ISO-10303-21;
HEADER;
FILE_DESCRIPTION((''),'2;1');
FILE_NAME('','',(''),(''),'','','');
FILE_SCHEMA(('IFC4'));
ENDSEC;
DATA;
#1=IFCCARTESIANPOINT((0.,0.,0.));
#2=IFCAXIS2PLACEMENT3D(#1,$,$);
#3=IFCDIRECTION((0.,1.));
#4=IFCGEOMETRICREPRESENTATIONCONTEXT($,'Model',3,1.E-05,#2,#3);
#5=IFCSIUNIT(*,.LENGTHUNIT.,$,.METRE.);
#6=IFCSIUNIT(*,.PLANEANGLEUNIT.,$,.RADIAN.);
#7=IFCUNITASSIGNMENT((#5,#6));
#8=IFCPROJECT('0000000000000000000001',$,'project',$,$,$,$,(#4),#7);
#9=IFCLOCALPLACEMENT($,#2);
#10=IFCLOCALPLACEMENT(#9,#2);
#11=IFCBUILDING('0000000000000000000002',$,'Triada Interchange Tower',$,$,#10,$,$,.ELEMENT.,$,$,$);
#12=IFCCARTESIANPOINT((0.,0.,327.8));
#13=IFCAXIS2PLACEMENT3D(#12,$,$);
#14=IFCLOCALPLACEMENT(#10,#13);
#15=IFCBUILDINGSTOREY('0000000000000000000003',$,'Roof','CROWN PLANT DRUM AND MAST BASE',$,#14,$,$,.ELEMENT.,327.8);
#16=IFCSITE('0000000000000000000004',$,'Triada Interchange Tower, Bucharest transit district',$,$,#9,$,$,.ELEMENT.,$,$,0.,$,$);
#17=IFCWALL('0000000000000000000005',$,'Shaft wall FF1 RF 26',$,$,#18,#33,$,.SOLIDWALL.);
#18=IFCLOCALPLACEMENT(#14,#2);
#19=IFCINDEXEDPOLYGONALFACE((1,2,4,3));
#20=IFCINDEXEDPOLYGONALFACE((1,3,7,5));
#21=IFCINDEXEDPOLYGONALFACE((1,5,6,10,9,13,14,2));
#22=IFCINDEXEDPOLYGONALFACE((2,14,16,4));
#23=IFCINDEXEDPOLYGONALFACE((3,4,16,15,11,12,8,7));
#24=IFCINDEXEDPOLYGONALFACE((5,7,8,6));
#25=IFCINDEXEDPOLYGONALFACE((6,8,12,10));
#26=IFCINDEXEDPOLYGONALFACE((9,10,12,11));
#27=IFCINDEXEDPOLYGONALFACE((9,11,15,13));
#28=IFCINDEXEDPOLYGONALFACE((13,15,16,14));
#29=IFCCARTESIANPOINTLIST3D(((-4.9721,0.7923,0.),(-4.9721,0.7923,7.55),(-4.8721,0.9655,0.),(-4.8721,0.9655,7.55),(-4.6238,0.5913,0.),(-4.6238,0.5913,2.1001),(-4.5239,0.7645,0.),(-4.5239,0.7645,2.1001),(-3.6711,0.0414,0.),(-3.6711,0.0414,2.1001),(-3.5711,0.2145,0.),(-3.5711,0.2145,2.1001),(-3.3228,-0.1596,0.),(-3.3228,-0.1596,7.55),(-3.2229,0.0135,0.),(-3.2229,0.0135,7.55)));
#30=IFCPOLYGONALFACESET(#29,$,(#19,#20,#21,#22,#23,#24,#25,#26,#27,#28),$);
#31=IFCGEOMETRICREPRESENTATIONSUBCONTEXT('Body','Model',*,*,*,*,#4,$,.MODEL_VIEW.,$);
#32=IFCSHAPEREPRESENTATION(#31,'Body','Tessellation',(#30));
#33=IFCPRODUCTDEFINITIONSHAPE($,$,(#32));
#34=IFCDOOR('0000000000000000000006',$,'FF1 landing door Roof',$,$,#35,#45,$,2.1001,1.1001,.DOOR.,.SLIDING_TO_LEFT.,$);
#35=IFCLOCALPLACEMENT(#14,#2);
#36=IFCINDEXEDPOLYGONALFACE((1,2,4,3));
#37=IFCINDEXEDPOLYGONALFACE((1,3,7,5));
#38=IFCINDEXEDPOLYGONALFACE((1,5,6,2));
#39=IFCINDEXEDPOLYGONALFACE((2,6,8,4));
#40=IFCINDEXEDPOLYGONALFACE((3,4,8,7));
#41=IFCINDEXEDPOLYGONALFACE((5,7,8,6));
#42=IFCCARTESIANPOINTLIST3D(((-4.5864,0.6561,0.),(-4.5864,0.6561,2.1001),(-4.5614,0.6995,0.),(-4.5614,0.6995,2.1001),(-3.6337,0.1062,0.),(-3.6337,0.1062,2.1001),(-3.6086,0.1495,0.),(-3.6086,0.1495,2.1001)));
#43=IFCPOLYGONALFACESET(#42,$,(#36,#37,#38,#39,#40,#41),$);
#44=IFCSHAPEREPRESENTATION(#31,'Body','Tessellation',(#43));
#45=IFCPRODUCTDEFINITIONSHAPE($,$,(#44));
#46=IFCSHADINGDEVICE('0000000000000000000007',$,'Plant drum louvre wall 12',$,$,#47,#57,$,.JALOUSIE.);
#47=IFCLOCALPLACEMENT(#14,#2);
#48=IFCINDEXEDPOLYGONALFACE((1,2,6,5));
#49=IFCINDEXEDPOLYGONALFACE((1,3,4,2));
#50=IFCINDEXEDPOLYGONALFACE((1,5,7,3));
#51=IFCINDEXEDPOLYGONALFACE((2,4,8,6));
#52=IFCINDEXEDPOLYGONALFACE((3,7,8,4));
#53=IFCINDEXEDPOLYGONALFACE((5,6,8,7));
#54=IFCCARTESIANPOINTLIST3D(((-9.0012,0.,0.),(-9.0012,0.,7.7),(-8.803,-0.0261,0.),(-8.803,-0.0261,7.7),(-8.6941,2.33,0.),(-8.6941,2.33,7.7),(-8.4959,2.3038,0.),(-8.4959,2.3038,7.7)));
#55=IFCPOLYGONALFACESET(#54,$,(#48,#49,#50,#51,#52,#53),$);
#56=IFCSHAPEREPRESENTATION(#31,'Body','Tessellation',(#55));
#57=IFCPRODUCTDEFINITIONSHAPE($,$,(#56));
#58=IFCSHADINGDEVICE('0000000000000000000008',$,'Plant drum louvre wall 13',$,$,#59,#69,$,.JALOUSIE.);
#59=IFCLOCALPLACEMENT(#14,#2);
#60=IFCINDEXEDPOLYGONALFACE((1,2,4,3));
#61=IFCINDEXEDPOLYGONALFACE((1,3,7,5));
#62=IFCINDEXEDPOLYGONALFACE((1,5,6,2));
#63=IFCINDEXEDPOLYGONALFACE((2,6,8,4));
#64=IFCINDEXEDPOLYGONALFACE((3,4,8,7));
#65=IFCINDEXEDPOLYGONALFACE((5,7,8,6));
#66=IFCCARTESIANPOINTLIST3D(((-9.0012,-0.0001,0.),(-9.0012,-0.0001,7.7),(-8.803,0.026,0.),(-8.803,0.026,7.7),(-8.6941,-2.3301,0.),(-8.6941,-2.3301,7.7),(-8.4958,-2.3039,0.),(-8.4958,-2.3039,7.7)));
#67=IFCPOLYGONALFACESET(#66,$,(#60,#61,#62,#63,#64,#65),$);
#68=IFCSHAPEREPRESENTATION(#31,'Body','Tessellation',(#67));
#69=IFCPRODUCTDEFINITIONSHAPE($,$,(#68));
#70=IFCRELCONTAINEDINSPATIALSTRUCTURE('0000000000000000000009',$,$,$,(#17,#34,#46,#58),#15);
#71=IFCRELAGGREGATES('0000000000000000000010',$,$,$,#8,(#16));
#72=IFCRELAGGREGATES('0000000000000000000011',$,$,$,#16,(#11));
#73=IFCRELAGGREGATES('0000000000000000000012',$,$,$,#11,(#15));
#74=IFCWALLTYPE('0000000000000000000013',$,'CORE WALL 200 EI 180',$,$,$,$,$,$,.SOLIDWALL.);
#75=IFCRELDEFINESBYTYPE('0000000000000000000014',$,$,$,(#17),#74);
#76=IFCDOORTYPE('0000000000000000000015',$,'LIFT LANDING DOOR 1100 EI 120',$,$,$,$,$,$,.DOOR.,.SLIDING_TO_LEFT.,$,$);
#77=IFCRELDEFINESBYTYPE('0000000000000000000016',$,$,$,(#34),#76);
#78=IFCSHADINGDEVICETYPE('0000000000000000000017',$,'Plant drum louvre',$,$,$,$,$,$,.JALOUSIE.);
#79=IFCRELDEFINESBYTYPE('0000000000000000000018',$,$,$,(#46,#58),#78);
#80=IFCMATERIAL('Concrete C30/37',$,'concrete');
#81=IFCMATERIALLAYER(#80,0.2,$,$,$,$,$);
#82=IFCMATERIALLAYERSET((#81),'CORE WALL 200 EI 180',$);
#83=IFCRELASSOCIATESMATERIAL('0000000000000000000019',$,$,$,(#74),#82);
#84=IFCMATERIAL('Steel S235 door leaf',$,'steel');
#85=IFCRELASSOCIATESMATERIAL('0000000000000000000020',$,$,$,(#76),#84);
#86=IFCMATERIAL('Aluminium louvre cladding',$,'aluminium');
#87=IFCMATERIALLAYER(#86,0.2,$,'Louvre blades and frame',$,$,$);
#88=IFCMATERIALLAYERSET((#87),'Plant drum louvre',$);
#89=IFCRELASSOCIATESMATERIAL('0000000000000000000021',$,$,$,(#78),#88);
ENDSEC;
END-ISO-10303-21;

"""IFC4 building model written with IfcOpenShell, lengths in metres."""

from ifc_helpers import new_model, si_unit, direction, frame, frame_2d, origin, place, context, subcontext, project, spatial, rectangle, extrude, material, layer, layer_set, type_object, element, fill, save


model = new_model("IFC4")

# Units and contexts
model_context = context("Model", 3, precision=1e-05, world=origin(), true_north=direction((0.0, 1.0)))
body_context = subcontext(model_context, "Body", "Model", "MODEL_VIEW")
ifc_project = project(units=[si_unit("LENGTHUNIT", "METRE"), si_unit("PLANEANGLEUNIT", "RADIAN")], contexts=[model_context])

# Site, building, storey
site_placement = place(None, origin())
site = spatial("IfcSite", under=ifc_project, at=site_placement, Name="Triada Interchange Tower, Bucharest transit district", CompositionType="ELEMENT", RefElevation=0.0)
building_placement = place(site_placement, origin())
building = spatial("IfcBuilding", under=site, at=building_placement, Name="Triada Interchange Tower", CompositionType="ELEMENT")
storey_placement = place(building_placement, frame((0.0, 0.0, 327.8)))
storey = spatial("IfcBuildingStorey", under=building, at=storey_placement, Name="Roof", Description="CROWN PLANT DRUM AND MAST BASE", CompositionType="ELEMENT", Elevation=327.8)

# Shared definitions
ifc_material_1 = material(Name="Concrete C30/37", Category="concrete")

# Shared definitions
ifc_layer_1 = layer(ifc_material_1, 0.2)
ifc_layer_set_1 = layer_set([ifc_layer_1], Name="CORE WALL 200 EI 180")
wall_type = type_object("IfcWallType", Name="CORE WALL 200 EI 180", PredefinedType="SOLIDWALL", material=ifc_layer_set_1)

# Shared definitions
ifc_material_2 = material(Name="Steel S235 door leaf", Category="steel")
door_type = type_object("IfcDoorType", Name="LIFT LANDING DOOR 1100 EI 120", OperationType="SLIDING_TO_LEFT", PredefinedType="DOOR", material=ifc_material_2)

# Wall, opening, door
wall_1_placement = place(storey_placement, frame((-4.9221, 0.8789, 0.0), z_axis=(0.0, 0.0, 1.0), x_axis=(0.866081, -0.499904, 0.0)))
wall_1 = element("IfcWall", 1, at=wall_1_placement, inside=storey, type_object=wall_type, Name="Shaft wall FF1 RF 26", PredefinedType="SOLIDWALL", context=body_context, shape_type="SweptSolid", body=[
    extrude(rectangle(XDim=1.9043, YDim=0.2, at=frame_2d((0.9521, 0.0))), origin(), (0.0, 0.0, 1.0), 7.55),
])
opening_1_placement = place(wall_1_placement, frame((0.4021, 0.0, 0.0)))
opening_1 = element("IfcOpeningElement", 2, at=opening_1_placement, cuts=wall_1, PredefinedType="OPENING", context=body_context, shape_type="SweptSolid", body=[
    extrude(rectangle(XDim=1.1001, YDim=2.1001, at=frame_2d((0.55, 1.05))), frame((0.0, 0.1099, 0.0), z_axis=(0.0, -1.0, 0.0), x_axis=(1.0, 0.0, 0.0)), (0.0, 0.0, 1.0), 0.22),
])
door_1_placement = place(opening_1_placement, origin())
door_1 = element("IfcDoor", 3, at=door_1_placement, inside=storey, type_object=door_type, Name="FF1 landing door Roof", OperationType="SLIDING_TO_LEFT", OverallHeight=2.1001, OverallWidth=1.1001, PredefinedType="DOOR", context=body_context, shape_type="SweptSolid", body=[
    extrude(rectangle(XDim=1.1001, YDim=2.1001, at=frame_2d((0.55, 1.05))), frame((0.0, 0.0249, 0.0), z_axis=(0.0, -1.0, 0.0), x_axis=(1.0, 0.0, 0.0)), (0.0, 0.0, 1.0), 0.05),
])
fill(opening_1, door_1)

# Shading devices
ifc_material_3 = material(Name="Aluminium louvre cladding", Category="aluminium")
ifc_layer_2 = layer(ifc_material_3, 0.2, Name="Louvre blades and frame")
ifc_layer_set_2 = layer_set([ifc_layer_2], Name="Plant drum louvre")
shading_device_type = type_object("IfcShadingDeviceType", Name="Plant drum louvre", PredefinedType="JALOUSIE", material=ifc_layer_set_2)
for number, where, z_axis, x_axis, name in (
    (4, (-8.595, 2.3169, 0.0), (0.0, 0.0, 1.0), (-0.130694, -0.991423, 0.0), "Plant drum louvre wall 12"),
    (5, (-8.9021, 0.0129, 0.0), (0.0, 0.0, 1.0), (0.130694, -0.991423, 0.0), "Plant drum louvre wall 13"),
):
    element("IfcShadingDevice", number, at=place(storey_placement, frame(where, z_axis=z_axis, x_axis=x_axis)), inside=storey, type_object=shading_device_type, Name=name, PredefinedType="JALOUSIE", context=body_context, shape_type="SweptSolid", body=[
        extrude(rectangle(XDim=2.3501, YDim=0.2, at=frame_2d((1.175, 0.0))), origin(), (0.0, 0.0, 1.0), 7.7),
    ])

save(model, "model.ifc")
